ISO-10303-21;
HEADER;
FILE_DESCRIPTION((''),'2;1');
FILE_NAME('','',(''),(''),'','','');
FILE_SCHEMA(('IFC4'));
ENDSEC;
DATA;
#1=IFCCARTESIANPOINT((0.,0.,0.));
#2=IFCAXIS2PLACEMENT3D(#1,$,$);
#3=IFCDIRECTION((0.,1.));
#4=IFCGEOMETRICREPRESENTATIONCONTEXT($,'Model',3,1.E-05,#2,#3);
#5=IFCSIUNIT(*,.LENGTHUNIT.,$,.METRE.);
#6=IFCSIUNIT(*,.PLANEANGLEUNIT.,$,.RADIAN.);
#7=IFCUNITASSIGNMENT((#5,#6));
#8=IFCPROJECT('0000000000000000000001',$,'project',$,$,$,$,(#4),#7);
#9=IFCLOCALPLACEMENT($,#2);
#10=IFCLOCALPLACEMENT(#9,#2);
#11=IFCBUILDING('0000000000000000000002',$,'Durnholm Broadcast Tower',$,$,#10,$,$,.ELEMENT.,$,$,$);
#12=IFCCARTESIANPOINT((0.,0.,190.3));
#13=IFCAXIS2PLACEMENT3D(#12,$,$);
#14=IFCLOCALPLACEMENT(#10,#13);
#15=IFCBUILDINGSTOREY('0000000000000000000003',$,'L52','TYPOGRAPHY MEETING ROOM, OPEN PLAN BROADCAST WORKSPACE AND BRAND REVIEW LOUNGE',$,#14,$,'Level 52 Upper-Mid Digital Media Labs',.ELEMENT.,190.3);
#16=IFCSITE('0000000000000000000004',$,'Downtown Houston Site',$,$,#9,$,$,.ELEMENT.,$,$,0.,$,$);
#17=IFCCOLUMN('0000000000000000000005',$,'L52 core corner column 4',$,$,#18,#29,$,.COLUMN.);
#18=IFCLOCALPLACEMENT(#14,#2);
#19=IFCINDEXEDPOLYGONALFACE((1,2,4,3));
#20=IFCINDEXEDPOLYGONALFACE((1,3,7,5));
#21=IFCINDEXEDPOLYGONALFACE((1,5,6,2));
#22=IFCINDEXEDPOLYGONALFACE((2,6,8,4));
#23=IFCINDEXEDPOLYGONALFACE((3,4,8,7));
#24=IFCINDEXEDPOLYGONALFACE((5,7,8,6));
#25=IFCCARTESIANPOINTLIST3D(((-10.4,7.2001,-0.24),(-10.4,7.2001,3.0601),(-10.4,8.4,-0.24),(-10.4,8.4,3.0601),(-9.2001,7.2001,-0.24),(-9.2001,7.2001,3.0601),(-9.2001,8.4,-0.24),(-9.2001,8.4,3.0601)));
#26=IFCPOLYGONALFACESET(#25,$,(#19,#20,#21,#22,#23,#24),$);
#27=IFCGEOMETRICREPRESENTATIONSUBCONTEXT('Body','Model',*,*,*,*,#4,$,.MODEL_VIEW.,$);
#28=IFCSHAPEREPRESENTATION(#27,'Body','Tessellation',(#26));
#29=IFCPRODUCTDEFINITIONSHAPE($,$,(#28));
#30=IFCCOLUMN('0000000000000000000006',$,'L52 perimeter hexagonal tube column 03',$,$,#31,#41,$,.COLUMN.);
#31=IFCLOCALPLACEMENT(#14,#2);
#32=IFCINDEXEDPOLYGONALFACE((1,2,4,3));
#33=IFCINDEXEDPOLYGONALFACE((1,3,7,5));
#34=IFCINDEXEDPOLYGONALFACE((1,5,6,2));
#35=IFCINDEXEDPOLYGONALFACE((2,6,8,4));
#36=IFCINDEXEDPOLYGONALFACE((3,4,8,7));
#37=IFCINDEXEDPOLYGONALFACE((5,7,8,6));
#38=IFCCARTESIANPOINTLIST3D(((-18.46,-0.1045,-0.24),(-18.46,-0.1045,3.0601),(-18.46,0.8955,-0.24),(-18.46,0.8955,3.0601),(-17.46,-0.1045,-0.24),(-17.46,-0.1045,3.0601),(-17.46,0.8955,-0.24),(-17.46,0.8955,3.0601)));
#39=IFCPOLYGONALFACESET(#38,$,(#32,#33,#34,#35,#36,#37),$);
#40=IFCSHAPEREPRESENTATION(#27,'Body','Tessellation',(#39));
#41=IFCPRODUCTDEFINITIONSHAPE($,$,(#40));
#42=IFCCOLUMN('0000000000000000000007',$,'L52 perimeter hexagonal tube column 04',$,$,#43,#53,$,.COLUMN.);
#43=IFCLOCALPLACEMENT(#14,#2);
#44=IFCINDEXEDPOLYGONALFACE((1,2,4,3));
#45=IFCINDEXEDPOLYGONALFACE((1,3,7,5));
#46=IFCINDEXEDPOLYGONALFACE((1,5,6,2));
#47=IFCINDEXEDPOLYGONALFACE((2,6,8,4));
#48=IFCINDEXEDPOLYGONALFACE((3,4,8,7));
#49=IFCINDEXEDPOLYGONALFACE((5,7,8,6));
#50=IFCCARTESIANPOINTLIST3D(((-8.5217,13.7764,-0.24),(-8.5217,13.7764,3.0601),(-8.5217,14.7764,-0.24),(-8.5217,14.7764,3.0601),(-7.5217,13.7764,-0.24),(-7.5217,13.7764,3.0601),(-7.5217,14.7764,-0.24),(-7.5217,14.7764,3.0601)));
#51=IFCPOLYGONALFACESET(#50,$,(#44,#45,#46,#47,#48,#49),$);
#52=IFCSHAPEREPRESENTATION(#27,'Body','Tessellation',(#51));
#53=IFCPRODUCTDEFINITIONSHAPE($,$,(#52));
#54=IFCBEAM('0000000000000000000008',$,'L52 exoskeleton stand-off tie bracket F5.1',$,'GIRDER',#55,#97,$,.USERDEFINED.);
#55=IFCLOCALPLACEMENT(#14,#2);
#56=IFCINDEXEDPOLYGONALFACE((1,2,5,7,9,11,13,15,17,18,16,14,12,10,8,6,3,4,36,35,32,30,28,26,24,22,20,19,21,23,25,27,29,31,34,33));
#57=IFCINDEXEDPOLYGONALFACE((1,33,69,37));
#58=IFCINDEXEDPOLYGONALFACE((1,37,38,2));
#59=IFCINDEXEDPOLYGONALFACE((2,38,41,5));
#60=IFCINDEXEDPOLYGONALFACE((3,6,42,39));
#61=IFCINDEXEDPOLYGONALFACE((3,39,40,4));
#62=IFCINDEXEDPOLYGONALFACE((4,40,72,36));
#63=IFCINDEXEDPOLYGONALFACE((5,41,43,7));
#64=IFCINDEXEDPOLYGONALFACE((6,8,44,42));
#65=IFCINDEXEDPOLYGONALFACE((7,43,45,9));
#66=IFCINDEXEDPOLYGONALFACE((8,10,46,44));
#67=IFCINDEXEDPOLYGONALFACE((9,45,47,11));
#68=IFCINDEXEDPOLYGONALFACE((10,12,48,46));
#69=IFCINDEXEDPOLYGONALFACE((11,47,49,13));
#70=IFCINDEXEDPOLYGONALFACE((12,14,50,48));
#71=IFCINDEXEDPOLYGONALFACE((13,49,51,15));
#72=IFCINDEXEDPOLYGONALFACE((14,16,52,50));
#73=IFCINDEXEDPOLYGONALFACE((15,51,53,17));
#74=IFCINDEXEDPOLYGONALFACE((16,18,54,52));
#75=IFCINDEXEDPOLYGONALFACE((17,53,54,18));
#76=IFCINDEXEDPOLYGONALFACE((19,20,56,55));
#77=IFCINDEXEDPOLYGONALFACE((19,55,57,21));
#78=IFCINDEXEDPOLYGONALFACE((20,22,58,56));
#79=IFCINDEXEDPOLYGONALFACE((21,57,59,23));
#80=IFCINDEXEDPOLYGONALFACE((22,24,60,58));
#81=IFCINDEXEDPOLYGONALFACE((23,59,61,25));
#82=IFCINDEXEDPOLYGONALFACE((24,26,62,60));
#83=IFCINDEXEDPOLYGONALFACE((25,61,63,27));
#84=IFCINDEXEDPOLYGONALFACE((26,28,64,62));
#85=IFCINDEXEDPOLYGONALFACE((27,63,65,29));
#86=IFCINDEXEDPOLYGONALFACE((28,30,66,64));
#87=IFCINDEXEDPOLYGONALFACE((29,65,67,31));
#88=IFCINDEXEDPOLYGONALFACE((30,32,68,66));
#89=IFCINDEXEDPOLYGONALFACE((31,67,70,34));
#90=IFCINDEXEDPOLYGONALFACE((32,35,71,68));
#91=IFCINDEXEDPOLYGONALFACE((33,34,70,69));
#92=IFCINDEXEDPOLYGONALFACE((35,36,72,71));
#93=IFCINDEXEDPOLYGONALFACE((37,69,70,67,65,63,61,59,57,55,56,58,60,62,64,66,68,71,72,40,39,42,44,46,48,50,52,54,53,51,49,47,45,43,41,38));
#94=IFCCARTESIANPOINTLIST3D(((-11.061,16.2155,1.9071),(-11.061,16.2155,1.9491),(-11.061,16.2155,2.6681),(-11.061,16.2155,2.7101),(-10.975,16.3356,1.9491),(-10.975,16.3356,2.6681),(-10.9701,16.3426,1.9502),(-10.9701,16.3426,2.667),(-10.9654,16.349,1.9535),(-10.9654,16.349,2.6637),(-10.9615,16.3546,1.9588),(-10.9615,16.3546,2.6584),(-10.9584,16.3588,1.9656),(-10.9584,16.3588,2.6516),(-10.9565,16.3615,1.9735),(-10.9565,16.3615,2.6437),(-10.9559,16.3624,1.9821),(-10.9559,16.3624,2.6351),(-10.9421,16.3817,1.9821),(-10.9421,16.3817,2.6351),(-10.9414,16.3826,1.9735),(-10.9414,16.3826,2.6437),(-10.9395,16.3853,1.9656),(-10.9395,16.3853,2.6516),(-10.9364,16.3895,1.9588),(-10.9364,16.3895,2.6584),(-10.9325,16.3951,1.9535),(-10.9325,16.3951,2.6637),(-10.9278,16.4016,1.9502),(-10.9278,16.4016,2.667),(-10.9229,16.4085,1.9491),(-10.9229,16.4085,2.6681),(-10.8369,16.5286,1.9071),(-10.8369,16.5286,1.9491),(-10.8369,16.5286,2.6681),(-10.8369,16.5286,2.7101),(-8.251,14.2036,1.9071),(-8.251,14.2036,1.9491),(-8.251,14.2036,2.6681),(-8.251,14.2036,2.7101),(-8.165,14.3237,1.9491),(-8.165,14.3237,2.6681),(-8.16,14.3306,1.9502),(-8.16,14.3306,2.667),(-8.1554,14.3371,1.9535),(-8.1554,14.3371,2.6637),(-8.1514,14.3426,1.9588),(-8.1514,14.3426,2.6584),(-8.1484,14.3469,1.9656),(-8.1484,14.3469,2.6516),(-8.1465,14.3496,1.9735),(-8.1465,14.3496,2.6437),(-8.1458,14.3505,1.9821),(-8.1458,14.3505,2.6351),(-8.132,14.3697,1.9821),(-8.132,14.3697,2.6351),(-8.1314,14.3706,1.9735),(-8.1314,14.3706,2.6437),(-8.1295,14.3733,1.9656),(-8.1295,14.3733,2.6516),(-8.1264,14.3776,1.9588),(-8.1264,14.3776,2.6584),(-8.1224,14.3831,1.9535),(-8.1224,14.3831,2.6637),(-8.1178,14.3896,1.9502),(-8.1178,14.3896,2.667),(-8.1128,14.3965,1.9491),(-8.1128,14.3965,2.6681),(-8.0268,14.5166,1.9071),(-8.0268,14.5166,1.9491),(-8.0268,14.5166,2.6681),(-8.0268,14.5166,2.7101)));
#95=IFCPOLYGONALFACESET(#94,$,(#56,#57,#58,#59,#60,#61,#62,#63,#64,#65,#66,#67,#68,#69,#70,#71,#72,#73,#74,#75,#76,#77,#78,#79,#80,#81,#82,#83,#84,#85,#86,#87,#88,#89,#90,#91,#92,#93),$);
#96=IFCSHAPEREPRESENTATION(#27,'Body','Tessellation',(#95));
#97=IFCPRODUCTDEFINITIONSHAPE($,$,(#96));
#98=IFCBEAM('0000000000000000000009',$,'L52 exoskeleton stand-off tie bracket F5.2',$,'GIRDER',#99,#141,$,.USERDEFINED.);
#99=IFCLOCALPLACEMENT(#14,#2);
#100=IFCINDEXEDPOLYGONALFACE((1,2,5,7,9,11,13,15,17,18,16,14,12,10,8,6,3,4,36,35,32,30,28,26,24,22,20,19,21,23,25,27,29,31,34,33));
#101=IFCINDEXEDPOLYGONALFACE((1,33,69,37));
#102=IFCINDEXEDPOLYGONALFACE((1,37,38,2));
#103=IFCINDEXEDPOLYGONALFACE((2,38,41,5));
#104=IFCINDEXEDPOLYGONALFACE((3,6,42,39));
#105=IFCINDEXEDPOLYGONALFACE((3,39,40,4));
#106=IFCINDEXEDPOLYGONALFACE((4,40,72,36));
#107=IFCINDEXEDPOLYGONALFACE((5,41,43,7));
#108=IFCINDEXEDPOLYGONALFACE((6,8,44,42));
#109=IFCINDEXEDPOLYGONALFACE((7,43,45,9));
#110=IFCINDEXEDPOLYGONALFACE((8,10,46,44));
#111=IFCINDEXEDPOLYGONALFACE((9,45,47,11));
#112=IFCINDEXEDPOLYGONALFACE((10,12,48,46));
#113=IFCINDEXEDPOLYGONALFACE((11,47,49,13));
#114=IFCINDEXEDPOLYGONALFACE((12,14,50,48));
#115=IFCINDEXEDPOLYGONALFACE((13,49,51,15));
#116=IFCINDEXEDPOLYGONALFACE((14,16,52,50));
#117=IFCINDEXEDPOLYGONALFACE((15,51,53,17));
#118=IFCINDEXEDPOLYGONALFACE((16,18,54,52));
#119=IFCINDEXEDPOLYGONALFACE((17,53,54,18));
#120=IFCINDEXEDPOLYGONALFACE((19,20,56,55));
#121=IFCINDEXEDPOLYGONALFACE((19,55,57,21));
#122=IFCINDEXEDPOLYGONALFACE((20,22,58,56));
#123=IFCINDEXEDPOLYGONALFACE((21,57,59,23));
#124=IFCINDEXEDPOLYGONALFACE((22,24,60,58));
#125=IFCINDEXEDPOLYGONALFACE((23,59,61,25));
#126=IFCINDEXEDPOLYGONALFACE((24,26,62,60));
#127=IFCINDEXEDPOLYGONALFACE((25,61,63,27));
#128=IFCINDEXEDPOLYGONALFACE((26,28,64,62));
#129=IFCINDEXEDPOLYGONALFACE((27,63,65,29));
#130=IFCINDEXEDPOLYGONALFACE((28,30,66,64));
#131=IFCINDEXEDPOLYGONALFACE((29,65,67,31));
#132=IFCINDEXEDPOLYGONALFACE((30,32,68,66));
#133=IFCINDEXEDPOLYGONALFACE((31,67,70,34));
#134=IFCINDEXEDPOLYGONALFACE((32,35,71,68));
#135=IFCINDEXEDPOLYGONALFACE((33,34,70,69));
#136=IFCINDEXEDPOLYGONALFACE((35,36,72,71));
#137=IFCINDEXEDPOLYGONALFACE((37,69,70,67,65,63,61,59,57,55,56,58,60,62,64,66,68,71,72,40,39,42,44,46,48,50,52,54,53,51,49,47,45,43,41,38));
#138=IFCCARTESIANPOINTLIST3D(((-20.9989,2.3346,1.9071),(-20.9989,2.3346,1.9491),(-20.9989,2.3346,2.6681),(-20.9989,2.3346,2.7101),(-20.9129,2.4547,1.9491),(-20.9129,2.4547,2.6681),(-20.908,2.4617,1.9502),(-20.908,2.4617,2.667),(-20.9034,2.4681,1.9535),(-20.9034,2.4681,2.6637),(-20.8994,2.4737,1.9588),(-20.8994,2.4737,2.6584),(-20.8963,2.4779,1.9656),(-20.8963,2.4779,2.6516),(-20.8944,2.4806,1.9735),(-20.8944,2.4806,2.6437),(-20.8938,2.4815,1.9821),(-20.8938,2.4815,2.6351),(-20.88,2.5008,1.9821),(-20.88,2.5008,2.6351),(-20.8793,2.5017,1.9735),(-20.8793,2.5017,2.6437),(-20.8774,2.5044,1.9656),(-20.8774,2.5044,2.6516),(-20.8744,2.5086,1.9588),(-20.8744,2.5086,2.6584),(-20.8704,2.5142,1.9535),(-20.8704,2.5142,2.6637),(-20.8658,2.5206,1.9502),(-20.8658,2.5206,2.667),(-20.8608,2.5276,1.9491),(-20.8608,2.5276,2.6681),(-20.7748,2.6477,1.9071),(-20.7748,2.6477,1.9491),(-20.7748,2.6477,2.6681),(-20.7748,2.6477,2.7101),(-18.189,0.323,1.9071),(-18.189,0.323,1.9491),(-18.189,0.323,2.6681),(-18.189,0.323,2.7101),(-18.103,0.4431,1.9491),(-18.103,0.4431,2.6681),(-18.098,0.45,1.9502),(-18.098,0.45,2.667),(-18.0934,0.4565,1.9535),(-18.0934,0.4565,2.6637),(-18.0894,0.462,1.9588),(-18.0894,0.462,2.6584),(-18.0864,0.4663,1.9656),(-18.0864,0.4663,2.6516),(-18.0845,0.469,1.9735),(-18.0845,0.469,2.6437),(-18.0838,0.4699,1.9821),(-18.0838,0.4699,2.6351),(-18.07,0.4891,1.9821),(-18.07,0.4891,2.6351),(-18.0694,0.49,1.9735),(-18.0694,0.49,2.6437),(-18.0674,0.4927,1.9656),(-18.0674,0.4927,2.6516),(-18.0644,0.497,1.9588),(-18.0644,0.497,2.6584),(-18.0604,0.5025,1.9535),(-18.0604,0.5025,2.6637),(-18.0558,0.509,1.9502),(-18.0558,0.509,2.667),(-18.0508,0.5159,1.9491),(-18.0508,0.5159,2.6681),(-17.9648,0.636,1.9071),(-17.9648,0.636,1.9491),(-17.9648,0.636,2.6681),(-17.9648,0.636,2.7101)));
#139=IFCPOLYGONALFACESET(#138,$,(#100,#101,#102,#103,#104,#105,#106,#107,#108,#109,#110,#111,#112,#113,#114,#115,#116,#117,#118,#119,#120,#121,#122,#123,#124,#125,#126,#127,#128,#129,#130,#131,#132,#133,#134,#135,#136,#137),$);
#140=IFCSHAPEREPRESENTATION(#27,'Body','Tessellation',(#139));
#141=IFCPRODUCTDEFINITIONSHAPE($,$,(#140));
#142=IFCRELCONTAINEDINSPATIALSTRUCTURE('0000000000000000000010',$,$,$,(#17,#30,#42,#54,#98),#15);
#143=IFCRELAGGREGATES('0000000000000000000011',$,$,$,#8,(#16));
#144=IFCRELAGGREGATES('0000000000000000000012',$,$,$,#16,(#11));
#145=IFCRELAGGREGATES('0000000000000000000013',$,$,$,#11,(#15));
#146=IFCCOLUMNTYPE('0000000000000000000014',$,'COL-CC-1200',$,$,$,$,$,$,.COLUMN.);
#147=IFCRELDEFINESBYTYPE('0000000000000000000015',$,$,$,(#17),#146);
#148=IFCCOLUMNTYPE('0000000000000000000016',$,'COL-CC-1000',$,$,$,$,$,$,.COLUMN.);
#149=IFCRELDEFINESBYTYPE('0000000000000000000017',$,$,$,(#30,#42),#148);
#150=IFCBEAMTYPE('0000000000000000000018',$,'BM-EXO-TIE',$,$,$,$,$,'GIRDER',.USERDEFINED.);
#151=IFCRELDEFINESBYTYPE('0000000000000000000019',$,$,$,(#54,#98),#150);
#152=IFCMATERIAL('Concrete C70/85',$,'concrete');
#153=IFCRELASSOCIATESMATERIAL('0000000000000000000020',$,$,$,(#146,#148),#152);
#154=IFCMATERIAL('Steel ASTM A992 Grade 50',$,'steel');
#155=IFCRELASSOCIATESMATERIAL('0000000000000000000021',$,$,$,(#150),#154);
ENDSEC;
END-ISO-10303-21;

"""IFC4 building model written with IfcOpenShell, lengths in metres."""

from ifc_helpers import new_model, si_unit, direction, frame, origin, origin_2d, place, context, subcontext, project, spatial, rectangle, i_section, extrude, source, transform, mapped, material, material_profile, profile_set, type_object, type_shapes, element, save


model = new_model("IFC4")

# Units and contexts
model_context = context("Model", 3, precision=1e-05, world=origin(), true_north=direction((0.0, 1.0)))
body_context = subcontext(model_context, "Body", "Model", "MODEL_VIEW")
ifc_project = project(units=[si_unit("LENGTHUNIT", "METRE"), si_unit("PLANEANGLEUNIT", "RADIAN")], contexts=[model_context])

# Site, building, storey
site_placement = place(None, origin())
site = spatial("IfcSite", under=ifc_project, at=site_placement, Name="Downtown Houston Site", CompositionType="ELEMENT", RefElevation=0.0)
building_placement = place(site_placement, origin())
building = spatial("IfcBuilding", under=site, at=building_placement, Name="Durnholm Broadcast Tower", CompositionType="ELEMENT")
storey_placement = place(building_placement, frame((0.0, 0.0, 190.3)))
storey = spatial("IfcBuildingStorey", under=building, at=storey_placement, Name="L52", Description="TYPOGRAPHY MEETING ROOM, OPEN PLAN BROADCAST WORKSPACE AND BRAND REVIEW LOUNGE", LongName="Level 52 Upper-Mid Digital Media Labs", CompositionType="ELEMENT", Elevation=190.3)

# Columns
ifc_material_1 = material(Name="Concrete C70/85", Category="concrete")
ifc_material_profile_1 = material_profile(ifc_material_1, rectangle(XDim=1.2, YDim=1.2, at=origin_2d()), Name="RC1200X1200")
ifc_profile_set_1 = profile_set([ifc_material_profile_1], Name="Concrete C70/85")
column_type_1 = type_object("IfcColumnType", Name="COL-CC-1200", PredefinedType="COLUMN", material=ifc_profile_set_1)
shared_shape_1 = source(origin(), body_context, "Body", "SweptSolid", [
    extrude(rectangle(XDim=1.2, YDim=1.2, at=origin_2d()), origin(), (0.0, 0.0, 1.0), 3.3),
])
type_shapes(column_type_1, [shared_shape_1])
column_placement = place(storey_placement, frame((-9.8, 7.8, -0.24), z_axis=(0.0, 0.0, 1.0), x_axis=(1.0, 0.0, 0.0)))
element("IfcColumn", 1, at=column_placement, inside=storey, type_object=column_type_1, Name="L52 core corner column 4", PredefinedType="COLUMN", context=body_context, shape_type="MappedRepresentation", body=[
    mapped(shared_shape_1, transform((0.0, 0.0, 0.0), x_axis=(1.0, 0.0, 0.0), y_axis=(0.0, 1.0, 0.0), z_axis=(0.0, 0.0, 1.0), scale=1.0)),
])
ifc_material_profile_2 = material_profile(ifc_material_1, rectangle(XDim=1.0, YDim=1.0, at=origin_2d()), Name="RC1000X1000")
ifc_profile_set_2 = profile_set([ifc_material_profile_2], Name="Concrete C70/85")
column_type_2 = type_object("IfcColumnType", Name="COL-CC-1000", PredefinedType="COLUMN", material=ifc_profile_set_2)
shared_shape_2 = source(origin(), body_context, "Body", "SweptSolid", [
    extrude(rectangle(XDim=1.0, YDim=1.0, at=origin_2d()), origin(), (0.0, 0.0, 1.0), 3.3),
])
type_shapes(column_type_2, [shared_shape_2])
for number, where, z_axis, x_axis, name in (
    (2, (-17.96, 0.3955, -0.24), (0.0, 0.0, 1.0), (1.0, 0.0, 0.0), "L52 perimeter hexagonal tube column 03"),
    (3, (-8.0217, 14.2764, -0.24), (0.0, 0.0, 1.0), (1.0, 0.0, 0.0), "L52 perimeter hexagonal tube column 04"),
):
    element("IfcColumn", number, at=place(storey_placement, frame(where, z_axis=z_axis, x_axis=x_axis)), inside=storey, type_object=column_type_2, Name=name, PredefinedType="COLUMN", context=body_context, shape_type="MappedRepresentation", body=[
        mapped(shared_shape_2, transform((0.0, 0.0, 0.0), x_axis=(1.0, 0.0, 0.0), y_axis=(0.0, 1.0, 0.0), z_axis=(0.0, 0.0, 1.0), scale=1.0)),
    ])

# Beams
ifc_material_2 = material(Name="Steel ASTM A992 Grade 50", Category="steel")
ifc_material_profile_3 = material_profile(ifc_material_2, i_section(OverallWidth=0.385, OverallDepth=0.803, WebThickness=0.0237, FlangeThickness=0.042, FilletRadius=0.033, at=origin_2d()), Name="W30X261")
ifc_profile_set_3 = profile_set([ifc_material_profile_3], Name="Steel ASTM A992 Grade 50")
beam_type_1 = type_object("IfcBeamType", Name="BM-EXO-TIE", ElementType="GIRDER", PredefinedType="USERDEFINED", material=ifc_profile_set_3)
shared_shape_3 = source(origin(), body_context, "Body", "SweptSolid", [
    extrude(i_section(OverallWidth=0.385, OverallDepth=0.803, WebThickness=0.0237, FlangeThickness=0.042, FilletRadius=0.033, at=origin_2d()), origin(), (0.0, 0.0, 1.0), 3.4561),
])
beam_1_placement = place(storey_placement, frame((-8.1389, 14.3601, 2.3086), z_axis=(-0.813079, 0.582153, 0.0), x_axis=(-0.582153, -0.813079, 0.0)))
element("IfcBeam", 4, at=beam_1_placement, inside=storey, type_object=beam_type_1, Name="L52 exoskeleton stand-off tie bracket F5.1", ObjectType="GIRDER", PredefinedType="USERDEFINED", context=body_context, shape_type="MappedRepresentation", body=[
    mapped(shared_shape_3, transform((0.0, 0.0, 0.0), x_axis=(1.0, 0.0, 0.0), y_axis=(0.0, 1.0, 0.0), z_axis=(0.0, 0.0, 1.0), scale=1.0)),
])
shared_shape_4 = source(origin(), body_context, "Body", "SweptSolid", [
    extrude(i_section(OverallWidth=0.385, OverallDepth=0.803, WebThickness=0.0237, FlangeThickness=0.042, FilletRadius=0.033, at=origin_2d()), origin(), (0.0, 0.0, 1.0), 3.4558),
])
beam_2_placement = place(storey_placement, frame((-18.0769, 0.4795, 2.3086), z_axis=(-0.813112, 0.582107, 0.0), x_axis=(-0.582107, -0.813112, 0.0)))
element("IfcBeam", 5, at=beam_2_placement, inside=storey, type_object=beam_type_1, Name="L52 exoskeleton stand-off tie bracket F5.2", ObjectType="GIRDER", PredefinedType="USERDEFINED", context=body_context, shape_type="MappedRepresentation", body=[
    mapped(shared_shape_4, transform((0.0, 0.0, 0.0), x_axis=(1.0, 0.0, 0.0), y_axis=(0.0, 1.0, 0.0), z_axis=(0.0, 0.0, 1.0), scale=1.0)),
])

save(model, "model.ifc")
